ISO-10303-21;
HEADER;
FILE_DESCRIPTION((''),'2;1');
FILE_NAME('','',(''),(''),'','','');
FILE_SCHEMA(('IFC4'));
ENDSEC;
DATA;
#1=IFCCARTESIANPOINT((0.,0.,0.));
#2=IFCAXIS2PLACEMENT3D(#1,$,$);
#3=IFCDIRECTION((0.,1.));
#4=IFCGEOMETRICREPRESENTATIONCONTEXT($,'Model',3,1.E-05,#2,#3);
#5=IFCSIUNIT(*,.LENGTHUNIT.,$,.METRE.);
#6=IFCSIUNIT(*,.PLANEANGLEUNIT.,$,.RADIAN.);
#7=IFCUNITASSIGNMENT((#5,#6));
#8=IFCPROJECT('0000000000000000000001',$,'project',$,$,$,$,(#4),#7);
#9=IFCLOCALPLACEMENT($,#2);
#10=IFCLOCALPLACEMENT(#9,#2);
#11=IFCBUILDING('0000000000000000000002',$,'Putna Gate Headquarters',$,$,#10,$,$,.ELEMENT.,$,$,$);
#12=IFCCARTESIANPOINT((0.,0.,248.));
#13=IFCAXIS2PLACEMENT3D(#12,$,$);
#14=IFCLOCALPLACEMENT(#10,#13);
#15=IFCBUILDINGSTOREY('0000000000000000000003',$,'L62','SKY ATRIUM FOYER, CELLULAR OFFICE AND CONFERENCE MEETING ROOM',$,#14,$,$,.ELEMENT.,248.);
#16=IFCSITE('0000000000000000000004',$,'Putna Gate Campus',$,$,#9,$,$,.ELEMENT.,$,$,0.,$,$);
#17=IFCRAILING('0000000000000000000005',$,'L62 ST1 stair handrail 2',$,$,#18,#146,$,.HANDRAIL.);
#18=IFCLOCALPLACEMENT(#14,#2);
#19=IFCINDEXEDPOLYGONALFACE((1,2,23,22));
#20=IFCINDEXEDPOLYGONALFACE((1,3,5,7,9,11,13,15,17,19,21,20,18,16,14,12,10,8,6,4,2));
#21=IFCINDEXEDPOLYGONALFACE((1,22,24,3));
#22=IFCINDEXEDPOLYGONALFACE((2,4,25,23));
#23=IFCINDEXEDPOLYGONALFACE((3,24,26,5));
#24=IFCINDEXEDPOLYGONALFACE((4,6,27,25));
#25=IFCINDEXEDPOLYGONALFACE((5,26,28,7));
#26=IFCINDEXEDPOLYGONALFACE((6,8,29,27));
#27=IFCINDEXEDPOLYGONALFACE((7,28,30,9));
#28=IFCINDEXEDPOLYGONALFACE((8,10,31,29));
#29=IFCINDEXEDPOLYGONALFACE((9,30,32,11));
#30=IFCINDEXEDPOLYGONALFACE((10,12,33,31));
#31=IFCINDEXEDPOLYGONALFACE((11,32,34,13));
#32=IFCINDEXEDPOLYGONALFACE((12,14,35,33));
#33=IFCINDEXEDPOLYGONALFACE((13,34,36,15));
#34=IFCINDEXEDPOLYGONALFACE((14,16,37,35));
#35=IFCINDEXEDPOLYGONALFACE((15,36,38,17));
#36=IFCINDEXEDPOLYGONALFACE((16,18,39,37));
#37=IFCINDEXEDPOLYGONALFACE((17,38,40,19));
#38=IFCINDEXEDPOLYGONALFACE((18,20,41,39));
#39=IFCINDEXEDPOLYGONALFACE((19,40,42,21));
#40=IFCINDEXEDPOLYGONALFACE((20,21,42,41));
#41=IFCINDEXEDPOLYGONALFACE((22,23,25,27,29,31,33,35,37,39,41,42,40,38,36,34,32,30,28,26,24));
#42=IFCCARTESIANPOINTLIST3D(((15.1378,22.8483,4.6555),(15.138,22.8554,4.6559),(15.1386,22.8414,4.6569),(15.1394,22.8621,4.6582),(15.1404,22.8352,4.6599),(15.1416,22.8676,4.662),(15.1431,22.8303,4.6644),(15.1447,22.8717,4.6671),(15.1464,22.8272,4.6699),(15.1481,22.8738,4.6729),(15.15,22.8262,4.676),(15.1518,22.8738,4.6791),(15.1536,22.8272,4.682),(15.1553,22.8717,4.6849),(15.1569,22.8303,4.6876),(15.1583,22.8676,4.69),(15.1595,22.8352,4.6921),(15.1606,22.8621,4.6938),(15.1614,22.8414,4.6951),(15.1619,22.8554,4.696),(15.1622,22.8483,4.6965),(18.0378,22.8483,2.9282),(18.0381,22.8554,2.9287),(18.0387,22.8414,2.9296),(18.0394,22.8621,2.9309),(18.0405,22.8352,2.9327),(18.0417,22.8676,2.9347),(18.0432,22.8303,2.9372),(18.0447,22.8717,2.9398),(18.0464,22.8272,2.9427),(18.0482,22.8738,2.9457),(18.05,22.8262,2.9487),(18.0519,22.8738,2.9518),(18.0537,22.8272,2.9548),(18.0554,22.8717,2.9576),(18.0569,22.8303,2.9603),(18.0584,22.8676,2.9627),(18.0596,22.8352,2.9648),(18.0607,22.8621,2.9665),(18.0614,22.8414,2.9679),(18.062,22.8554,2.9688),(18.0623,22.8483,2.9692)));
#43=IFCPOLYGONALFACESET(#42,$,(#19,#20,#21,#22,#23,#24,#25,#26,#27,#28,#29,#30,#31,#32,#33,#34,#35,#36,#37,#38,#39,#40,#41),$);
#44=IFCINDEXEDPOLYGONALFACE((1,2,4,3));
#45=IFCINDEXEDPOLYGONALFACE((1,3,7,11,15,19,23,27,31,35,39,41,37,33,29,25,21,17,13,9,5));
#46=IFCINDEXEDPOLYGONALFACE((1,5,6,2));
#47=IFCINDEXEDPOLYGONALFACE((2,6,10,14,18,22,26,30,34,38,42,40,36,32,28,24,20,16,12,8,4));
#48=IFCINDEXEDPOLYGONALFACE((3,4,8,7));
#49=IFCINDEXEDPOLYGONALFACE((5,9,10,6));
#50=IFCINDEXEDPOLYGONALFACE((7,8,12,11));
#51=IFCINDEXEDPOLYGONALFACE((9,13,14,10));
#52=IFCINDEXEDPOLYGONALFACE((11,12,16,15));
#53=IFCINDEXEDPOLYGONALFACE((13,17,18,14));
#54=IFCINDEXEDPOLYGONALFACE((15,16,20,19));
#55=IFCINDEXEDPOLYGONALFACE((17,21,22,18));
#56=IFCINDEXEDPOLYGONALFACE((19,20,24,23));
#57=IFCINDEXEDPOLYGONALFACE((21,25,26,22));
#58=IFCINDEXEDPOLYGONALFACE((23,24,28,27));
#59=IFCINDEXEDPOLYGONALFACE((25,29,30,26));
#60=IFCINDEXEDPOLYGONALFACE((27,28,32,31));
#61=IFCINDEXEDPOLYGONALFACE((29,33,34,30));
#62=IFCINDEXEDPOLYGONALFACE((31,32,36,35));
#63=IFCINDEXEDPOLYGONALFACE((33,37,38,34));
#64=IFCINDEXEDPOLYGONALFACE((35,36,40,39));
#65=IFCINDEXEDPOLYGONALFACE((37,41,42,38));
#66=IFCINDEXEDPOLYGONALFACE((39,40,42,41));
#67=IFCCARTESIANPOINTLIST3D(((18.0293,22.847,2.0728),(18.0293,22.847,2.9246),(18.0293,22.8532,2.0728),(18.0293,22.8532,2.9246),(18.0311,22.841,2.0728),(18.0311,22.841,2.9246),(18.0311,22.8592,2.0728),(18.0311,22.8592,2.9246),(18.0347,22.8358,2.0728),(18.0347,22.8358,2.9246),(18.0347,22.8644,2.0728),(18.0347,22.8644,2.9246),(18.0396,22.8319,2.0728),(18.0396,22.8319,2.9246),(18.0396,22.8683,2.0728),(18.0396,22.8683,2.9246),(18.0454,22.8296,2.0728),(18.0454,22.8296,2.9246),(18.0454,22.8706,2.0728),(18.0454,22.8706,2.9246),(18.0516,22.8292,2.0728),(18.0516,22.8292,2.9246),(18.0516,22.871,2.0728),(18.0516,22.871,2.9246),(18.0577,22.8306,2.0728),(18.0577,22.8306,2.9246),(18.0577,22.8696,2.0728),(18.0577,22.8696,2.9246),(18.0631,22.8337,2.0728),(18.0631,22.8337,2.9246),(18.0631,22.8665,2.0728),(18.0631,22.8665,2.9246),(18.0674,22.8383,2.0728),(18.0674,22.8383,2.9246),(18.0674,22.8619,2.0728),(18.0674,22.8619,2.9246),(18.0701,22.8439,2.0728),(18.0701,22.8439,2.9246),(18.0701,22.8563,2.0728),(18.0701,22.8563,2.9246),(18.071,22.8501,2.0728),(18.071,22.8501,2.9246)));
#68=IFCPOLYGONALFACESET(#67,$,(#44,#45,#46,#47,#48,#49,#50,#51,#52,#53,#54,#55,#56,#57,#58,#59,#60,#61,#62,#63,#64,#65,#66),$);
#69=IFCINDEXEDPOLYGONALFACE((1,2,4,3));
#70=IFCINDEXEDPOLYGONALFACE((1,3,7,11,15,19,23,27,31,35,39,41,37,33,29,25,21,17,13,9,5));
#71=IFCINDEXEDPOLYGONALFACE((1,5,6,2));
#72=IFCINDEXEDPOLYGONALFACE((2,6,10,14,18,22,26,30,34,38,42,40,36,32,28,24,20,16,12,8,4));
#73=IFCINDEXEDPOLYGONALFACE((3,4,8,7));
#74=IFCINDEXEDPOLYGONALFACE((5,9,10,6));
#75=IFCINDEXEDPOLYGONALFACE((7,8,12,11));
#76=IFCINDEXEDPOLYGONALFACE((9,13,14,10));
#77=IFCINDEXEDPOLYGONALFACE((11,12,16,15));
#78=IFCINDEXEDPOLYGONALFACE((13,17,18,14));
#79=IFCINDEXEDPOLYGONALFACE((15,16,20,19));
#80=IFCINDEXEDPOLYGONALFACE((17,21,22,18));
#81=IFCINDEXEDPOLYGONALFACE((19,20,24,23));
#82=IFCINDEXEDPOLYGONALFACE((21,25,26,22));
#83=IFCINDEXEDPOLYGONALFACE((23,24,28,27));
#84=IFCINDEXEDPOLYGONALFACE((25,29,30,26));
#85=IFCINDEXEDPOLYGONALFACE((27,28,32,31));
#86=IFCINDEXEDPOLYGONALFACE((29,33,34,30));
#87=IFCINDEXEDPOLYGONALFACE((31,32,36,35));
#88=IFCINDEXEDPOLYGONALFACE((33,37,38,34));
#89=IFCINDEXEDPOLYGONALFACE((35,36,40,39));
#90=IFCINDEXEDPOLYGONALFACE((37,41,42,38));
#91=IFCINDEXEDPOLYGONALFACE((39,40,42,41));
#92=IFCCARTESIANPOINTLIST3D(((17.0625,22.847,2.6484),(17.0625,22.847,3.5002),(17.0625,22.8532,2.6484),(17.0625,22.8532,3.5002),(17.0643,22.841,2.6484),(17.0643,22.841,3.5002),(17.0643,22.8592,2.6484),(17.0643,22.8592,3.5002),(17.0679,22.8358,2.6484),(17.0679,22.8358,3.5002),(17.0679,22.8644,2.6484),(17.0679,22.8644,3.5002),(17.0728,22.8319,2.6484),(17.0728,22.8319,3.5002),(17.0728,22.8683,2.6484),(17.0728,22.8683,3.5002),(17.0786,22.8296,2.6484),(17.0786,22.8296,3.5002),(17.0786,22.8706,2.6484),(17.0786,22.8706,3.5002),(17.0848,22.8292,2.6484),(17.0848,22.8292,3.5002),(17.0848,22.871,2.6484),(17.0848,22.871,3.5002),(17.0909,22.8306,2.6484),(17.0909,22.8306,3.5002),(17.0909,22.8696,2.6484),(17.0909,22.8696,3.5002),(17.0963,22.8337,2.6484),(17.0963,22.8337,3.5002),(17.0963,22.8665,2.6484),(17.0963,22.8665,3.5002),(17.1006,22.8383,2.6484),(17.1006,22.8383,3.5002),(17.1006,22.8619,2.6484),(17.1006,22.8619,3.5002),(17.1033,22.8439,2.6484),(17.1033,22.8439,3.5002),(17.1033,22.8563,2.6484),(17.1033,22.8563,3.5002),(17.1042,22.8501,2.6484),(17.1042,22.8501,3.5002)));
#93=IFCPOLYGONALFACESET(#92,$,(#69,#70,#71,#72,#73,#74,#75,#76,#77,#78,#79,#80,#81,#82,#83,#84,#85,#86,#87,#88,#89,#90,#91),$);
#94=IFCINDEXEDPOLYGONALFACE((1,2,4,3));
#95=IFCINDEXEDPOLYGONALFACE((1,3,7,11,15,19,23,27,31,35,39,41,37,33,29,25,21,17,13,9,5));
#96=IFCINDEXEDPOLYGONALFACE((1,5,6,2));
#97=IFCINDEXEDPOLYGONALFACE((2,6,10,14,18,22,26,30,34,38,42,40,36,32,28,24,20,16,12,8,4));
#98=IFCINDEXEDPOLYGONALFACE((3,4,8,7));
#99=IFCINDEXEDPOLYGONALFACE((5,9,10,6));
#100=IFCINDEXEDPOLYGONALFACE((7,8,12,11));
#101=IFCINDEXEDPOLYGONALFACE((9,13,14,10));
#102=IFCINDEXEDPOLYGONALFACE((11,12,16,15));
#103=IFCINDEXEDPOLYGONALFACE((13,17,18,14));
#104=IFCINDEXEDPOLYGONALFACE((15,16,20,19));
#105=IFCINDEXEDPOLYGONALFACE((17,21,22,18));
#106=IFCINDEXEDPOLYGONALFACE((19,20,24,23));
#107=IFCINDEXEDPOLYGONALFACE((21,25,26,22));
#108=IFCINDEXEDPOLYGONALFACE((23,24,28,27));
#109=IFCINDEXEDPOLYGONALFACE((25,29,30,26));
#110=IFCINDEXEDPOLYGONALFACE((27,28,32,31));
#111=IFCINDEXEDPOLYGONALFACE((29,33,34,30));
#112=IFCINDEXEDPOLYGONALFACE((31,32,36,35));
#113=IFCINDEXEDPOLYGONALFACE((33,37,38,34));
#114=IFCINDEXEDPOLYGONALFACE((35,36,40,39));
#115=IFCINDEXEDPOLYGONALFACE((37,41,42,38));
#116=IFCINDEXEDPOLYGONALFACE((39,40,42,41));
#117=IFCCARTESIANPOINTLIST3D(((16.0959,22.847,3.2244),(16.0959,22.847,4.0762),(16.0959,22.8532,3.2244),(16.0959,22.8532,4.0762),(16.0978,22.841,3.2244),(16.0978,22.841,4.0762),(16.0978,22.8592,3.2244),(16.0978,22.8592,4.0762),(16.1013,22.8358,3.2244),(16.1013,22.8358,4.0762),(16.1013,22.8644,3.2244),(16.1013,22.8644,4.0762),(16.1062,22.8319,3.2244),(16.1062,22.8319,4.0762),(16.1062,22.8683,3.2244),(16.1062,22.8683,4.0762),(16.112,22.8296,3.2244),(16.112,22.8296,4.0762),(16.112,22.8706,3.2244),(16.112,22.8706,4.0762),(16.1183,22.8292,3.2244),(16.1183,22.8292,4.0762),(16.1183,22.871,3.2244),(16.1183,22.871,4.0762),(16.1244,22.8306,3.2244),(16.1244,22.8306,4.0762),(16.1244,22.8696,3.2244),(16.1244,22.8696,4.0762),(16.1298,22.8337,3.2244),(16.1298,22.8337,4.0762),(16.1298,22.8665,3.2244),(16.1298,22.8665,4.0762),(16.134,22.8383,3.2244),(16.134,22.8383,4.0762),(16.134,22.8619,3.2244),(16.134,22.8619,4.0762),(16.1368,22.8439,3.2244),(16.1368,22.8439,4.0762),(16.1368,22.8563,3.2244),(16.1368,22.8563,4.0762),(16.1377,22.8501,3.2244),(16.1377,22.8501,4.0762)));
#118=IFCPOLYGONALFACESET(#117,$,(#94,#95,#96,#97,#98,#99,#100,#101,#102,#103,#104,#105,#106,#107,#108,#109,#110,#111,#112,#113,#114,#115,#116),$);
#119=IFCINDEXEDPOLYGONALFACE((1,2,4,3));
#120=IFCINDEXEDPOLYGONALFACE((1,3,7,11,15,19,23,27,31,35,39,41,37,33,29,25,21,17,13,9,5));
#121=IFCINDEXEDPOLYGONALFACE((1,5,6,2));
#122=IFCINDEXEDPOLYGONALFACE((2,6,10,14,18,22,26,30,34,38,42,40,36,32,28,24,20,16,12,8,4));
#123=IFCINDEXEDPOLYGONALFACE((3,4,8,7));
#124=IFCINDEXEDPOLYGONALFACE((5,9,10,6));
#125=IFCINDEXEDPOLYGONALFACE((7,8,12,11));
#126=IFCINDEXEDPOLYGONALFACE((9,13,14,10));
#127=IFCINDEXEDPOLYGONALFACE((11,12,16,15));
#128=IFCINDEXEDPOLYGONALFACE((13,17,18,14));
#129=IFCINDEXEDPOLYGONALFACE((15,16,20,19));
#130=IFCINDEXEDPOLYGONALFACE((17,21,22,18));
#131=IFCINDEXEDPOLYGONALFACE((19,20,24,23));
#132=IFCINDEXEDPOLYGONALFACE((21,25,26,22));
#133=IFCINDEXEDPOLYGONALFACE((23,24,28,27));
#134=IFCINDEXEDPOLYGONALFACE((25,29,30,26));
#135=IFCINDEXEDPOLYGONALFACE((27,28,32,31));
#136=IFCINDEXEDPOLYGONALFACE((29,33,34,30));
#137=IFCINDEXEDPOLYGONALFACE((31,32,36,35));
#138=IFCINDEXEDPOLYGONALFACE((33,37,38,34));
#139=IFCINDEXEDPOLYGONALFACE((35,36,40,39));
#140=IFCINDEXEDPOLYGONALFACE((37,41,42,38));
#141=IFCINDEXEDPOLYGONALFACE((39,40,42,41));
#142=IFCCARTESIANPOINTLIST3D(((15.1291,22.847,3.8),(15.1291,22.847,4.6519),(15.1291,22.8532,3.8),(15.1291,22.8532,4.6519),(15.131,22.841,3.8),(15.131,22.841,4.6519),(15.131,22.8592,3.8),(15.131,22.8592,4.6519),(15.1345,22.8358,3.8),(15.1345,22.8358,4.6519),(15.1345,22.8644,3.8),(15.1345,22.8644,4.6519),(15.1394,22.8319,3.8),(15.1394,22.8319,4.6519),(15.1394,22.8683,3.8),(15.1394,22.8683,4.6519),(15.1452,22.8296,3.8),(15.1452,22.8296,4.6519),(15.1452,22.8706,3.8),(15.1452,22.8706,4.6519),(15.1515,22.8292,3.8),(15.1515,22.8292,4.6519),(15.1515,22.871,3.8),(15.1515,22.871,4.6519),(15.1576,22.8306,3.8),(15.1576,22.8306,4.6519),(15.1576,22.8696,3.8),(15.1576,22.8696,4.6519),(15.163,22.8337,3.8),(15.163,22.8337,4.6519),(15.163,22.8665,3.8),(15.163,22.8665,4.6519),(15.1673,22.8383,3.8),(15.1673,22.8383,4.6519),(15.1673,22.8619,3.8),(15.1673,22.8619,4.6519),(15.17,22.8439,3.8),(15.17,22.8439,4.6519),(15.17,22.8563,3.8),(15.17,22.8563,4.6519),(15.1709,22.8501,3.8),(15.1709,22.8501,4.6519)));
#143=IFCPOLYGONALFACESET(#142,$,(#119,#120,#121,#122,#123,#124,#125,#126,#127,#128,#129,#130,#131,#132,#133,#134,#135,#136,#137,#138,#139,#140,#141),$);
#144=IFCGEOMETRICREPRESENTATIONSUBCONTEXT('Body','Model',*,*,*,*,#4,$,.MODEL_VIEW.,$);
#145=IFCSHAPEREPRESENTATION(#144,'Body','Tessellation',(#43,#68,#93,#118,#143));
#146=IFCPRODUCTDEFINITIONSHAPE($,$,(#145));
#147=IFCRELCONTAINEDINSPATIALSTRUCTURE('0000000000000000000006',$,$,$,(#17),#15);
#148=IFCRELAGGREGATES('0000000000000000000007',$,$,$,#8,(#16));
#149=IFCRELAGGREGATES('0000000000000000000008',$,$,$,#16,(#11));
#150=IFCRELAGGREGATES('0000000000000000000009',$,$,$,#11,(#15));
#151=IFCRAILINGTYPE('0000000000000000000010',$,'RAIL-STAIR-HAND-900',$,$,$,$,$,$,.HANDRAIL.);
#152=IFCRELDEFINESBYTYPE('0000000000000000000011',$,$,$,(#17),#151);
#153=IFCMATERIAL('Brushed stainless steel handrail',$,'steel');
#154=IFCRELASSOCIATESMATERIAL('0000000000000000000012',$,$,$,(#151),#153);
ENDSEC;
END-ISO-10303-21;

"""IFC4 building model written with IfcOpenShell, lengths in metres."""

from ifc_helpers import new_model, si_unit, direction, frame, origin, origin_2d, place, context, subcontext, project, spatial, circle, extrude, material, type_object, element, save


model = new_model("IFC4")

# Units and contexts
model_context = context("Model", 3, precision=1e-05, world=origin(), true_north=direction((0.0, 1.0)))
body_context = subcontext(model_context, "Body", "Model", "MODEL_VIEW")
ifc_project = project(units=[si_unit("LENGTHUNIT", "METRE"), si_unit("PLANEANGLEUNIT", "RADIAN")], contexts=[model_context])

# Site, building, storey
site_placement = place(None, origin())
site = spatial("IfcSite", under=ifc_project, at=site_placement, Name="Putna Gate Campus", CompositionType="ELEMENT", RefElevation=0.0)
building_placement = place(site_placement, origin())
building = spatial("IfcBuilding", under=site, at=building_placement, Name="Putna Gate Headquarters", CompositionType="ELEMENT")
storey_placement = place(building_placement, frame((0.0, 0.0, 248.0)))
storey = spatial("IfcBuildingStorey", under=building, at=storey_placement, Name="L62", Description="SKY ATRIUM FOYER, CELLULAR OFFICE AND CONFERENCE MEETING ROOM", CompositionType="ELEMENT", Elevation=248.0)

# Railing
ifc_material_1 = material(Name="Brushed stainless steel handrail", Category="steel")
railing_type_1 = type_object("IfcRailingType", Name="RAIL-STAIR-HAND-900", PredefinedType="HANDRAIL", material=ifc_material_1)
railing_1_placement = place(storey_placement, frame((18.05, 22.8501, 2.0728)))
element("IfcRailing", 1, at=railing_1_placement, inside=storey, type_object=railing_type_1, Name="L62 ST1 stair handrail 2", PredefinedType="HANDRAIL", context=body_context, shape_type="SweptSolid", body=[
    extrude(circle(Radius=0.0239, at=origin_2d()), frame((0.0, 0.0, 0.876), z_axis=(-0.85916, 0.0, 0.511706), x_axis=(0.0, -1.0, 0.0)), (0.0, 0.0, 1.0), 3.3755),
    extrude(circle(Radius=0.021, at=origin_2d()), origin(), (0.0, 0.0, 1.0), 0.8518),
    extrude(circle(Radius=0.021, at=origin_2d()), frame((-0.9668, 0.0, 0.5757)), (0.0, 0.0, 1.0), 0.8518),
    extrude(circle(Radius=0.021, at=origin_2d()), frame((-1.9333, 0.0, 1.1516)), (0.0, 0.0, 1.0), 0.8518),
    extrude(circle(Radius=0.021, at=origin_2d()), frame((-2.9001, 0.0, 1.7273)), (0.0, 0.0, 1.0), 0.8518),
])

save(model, "model.ifc")
